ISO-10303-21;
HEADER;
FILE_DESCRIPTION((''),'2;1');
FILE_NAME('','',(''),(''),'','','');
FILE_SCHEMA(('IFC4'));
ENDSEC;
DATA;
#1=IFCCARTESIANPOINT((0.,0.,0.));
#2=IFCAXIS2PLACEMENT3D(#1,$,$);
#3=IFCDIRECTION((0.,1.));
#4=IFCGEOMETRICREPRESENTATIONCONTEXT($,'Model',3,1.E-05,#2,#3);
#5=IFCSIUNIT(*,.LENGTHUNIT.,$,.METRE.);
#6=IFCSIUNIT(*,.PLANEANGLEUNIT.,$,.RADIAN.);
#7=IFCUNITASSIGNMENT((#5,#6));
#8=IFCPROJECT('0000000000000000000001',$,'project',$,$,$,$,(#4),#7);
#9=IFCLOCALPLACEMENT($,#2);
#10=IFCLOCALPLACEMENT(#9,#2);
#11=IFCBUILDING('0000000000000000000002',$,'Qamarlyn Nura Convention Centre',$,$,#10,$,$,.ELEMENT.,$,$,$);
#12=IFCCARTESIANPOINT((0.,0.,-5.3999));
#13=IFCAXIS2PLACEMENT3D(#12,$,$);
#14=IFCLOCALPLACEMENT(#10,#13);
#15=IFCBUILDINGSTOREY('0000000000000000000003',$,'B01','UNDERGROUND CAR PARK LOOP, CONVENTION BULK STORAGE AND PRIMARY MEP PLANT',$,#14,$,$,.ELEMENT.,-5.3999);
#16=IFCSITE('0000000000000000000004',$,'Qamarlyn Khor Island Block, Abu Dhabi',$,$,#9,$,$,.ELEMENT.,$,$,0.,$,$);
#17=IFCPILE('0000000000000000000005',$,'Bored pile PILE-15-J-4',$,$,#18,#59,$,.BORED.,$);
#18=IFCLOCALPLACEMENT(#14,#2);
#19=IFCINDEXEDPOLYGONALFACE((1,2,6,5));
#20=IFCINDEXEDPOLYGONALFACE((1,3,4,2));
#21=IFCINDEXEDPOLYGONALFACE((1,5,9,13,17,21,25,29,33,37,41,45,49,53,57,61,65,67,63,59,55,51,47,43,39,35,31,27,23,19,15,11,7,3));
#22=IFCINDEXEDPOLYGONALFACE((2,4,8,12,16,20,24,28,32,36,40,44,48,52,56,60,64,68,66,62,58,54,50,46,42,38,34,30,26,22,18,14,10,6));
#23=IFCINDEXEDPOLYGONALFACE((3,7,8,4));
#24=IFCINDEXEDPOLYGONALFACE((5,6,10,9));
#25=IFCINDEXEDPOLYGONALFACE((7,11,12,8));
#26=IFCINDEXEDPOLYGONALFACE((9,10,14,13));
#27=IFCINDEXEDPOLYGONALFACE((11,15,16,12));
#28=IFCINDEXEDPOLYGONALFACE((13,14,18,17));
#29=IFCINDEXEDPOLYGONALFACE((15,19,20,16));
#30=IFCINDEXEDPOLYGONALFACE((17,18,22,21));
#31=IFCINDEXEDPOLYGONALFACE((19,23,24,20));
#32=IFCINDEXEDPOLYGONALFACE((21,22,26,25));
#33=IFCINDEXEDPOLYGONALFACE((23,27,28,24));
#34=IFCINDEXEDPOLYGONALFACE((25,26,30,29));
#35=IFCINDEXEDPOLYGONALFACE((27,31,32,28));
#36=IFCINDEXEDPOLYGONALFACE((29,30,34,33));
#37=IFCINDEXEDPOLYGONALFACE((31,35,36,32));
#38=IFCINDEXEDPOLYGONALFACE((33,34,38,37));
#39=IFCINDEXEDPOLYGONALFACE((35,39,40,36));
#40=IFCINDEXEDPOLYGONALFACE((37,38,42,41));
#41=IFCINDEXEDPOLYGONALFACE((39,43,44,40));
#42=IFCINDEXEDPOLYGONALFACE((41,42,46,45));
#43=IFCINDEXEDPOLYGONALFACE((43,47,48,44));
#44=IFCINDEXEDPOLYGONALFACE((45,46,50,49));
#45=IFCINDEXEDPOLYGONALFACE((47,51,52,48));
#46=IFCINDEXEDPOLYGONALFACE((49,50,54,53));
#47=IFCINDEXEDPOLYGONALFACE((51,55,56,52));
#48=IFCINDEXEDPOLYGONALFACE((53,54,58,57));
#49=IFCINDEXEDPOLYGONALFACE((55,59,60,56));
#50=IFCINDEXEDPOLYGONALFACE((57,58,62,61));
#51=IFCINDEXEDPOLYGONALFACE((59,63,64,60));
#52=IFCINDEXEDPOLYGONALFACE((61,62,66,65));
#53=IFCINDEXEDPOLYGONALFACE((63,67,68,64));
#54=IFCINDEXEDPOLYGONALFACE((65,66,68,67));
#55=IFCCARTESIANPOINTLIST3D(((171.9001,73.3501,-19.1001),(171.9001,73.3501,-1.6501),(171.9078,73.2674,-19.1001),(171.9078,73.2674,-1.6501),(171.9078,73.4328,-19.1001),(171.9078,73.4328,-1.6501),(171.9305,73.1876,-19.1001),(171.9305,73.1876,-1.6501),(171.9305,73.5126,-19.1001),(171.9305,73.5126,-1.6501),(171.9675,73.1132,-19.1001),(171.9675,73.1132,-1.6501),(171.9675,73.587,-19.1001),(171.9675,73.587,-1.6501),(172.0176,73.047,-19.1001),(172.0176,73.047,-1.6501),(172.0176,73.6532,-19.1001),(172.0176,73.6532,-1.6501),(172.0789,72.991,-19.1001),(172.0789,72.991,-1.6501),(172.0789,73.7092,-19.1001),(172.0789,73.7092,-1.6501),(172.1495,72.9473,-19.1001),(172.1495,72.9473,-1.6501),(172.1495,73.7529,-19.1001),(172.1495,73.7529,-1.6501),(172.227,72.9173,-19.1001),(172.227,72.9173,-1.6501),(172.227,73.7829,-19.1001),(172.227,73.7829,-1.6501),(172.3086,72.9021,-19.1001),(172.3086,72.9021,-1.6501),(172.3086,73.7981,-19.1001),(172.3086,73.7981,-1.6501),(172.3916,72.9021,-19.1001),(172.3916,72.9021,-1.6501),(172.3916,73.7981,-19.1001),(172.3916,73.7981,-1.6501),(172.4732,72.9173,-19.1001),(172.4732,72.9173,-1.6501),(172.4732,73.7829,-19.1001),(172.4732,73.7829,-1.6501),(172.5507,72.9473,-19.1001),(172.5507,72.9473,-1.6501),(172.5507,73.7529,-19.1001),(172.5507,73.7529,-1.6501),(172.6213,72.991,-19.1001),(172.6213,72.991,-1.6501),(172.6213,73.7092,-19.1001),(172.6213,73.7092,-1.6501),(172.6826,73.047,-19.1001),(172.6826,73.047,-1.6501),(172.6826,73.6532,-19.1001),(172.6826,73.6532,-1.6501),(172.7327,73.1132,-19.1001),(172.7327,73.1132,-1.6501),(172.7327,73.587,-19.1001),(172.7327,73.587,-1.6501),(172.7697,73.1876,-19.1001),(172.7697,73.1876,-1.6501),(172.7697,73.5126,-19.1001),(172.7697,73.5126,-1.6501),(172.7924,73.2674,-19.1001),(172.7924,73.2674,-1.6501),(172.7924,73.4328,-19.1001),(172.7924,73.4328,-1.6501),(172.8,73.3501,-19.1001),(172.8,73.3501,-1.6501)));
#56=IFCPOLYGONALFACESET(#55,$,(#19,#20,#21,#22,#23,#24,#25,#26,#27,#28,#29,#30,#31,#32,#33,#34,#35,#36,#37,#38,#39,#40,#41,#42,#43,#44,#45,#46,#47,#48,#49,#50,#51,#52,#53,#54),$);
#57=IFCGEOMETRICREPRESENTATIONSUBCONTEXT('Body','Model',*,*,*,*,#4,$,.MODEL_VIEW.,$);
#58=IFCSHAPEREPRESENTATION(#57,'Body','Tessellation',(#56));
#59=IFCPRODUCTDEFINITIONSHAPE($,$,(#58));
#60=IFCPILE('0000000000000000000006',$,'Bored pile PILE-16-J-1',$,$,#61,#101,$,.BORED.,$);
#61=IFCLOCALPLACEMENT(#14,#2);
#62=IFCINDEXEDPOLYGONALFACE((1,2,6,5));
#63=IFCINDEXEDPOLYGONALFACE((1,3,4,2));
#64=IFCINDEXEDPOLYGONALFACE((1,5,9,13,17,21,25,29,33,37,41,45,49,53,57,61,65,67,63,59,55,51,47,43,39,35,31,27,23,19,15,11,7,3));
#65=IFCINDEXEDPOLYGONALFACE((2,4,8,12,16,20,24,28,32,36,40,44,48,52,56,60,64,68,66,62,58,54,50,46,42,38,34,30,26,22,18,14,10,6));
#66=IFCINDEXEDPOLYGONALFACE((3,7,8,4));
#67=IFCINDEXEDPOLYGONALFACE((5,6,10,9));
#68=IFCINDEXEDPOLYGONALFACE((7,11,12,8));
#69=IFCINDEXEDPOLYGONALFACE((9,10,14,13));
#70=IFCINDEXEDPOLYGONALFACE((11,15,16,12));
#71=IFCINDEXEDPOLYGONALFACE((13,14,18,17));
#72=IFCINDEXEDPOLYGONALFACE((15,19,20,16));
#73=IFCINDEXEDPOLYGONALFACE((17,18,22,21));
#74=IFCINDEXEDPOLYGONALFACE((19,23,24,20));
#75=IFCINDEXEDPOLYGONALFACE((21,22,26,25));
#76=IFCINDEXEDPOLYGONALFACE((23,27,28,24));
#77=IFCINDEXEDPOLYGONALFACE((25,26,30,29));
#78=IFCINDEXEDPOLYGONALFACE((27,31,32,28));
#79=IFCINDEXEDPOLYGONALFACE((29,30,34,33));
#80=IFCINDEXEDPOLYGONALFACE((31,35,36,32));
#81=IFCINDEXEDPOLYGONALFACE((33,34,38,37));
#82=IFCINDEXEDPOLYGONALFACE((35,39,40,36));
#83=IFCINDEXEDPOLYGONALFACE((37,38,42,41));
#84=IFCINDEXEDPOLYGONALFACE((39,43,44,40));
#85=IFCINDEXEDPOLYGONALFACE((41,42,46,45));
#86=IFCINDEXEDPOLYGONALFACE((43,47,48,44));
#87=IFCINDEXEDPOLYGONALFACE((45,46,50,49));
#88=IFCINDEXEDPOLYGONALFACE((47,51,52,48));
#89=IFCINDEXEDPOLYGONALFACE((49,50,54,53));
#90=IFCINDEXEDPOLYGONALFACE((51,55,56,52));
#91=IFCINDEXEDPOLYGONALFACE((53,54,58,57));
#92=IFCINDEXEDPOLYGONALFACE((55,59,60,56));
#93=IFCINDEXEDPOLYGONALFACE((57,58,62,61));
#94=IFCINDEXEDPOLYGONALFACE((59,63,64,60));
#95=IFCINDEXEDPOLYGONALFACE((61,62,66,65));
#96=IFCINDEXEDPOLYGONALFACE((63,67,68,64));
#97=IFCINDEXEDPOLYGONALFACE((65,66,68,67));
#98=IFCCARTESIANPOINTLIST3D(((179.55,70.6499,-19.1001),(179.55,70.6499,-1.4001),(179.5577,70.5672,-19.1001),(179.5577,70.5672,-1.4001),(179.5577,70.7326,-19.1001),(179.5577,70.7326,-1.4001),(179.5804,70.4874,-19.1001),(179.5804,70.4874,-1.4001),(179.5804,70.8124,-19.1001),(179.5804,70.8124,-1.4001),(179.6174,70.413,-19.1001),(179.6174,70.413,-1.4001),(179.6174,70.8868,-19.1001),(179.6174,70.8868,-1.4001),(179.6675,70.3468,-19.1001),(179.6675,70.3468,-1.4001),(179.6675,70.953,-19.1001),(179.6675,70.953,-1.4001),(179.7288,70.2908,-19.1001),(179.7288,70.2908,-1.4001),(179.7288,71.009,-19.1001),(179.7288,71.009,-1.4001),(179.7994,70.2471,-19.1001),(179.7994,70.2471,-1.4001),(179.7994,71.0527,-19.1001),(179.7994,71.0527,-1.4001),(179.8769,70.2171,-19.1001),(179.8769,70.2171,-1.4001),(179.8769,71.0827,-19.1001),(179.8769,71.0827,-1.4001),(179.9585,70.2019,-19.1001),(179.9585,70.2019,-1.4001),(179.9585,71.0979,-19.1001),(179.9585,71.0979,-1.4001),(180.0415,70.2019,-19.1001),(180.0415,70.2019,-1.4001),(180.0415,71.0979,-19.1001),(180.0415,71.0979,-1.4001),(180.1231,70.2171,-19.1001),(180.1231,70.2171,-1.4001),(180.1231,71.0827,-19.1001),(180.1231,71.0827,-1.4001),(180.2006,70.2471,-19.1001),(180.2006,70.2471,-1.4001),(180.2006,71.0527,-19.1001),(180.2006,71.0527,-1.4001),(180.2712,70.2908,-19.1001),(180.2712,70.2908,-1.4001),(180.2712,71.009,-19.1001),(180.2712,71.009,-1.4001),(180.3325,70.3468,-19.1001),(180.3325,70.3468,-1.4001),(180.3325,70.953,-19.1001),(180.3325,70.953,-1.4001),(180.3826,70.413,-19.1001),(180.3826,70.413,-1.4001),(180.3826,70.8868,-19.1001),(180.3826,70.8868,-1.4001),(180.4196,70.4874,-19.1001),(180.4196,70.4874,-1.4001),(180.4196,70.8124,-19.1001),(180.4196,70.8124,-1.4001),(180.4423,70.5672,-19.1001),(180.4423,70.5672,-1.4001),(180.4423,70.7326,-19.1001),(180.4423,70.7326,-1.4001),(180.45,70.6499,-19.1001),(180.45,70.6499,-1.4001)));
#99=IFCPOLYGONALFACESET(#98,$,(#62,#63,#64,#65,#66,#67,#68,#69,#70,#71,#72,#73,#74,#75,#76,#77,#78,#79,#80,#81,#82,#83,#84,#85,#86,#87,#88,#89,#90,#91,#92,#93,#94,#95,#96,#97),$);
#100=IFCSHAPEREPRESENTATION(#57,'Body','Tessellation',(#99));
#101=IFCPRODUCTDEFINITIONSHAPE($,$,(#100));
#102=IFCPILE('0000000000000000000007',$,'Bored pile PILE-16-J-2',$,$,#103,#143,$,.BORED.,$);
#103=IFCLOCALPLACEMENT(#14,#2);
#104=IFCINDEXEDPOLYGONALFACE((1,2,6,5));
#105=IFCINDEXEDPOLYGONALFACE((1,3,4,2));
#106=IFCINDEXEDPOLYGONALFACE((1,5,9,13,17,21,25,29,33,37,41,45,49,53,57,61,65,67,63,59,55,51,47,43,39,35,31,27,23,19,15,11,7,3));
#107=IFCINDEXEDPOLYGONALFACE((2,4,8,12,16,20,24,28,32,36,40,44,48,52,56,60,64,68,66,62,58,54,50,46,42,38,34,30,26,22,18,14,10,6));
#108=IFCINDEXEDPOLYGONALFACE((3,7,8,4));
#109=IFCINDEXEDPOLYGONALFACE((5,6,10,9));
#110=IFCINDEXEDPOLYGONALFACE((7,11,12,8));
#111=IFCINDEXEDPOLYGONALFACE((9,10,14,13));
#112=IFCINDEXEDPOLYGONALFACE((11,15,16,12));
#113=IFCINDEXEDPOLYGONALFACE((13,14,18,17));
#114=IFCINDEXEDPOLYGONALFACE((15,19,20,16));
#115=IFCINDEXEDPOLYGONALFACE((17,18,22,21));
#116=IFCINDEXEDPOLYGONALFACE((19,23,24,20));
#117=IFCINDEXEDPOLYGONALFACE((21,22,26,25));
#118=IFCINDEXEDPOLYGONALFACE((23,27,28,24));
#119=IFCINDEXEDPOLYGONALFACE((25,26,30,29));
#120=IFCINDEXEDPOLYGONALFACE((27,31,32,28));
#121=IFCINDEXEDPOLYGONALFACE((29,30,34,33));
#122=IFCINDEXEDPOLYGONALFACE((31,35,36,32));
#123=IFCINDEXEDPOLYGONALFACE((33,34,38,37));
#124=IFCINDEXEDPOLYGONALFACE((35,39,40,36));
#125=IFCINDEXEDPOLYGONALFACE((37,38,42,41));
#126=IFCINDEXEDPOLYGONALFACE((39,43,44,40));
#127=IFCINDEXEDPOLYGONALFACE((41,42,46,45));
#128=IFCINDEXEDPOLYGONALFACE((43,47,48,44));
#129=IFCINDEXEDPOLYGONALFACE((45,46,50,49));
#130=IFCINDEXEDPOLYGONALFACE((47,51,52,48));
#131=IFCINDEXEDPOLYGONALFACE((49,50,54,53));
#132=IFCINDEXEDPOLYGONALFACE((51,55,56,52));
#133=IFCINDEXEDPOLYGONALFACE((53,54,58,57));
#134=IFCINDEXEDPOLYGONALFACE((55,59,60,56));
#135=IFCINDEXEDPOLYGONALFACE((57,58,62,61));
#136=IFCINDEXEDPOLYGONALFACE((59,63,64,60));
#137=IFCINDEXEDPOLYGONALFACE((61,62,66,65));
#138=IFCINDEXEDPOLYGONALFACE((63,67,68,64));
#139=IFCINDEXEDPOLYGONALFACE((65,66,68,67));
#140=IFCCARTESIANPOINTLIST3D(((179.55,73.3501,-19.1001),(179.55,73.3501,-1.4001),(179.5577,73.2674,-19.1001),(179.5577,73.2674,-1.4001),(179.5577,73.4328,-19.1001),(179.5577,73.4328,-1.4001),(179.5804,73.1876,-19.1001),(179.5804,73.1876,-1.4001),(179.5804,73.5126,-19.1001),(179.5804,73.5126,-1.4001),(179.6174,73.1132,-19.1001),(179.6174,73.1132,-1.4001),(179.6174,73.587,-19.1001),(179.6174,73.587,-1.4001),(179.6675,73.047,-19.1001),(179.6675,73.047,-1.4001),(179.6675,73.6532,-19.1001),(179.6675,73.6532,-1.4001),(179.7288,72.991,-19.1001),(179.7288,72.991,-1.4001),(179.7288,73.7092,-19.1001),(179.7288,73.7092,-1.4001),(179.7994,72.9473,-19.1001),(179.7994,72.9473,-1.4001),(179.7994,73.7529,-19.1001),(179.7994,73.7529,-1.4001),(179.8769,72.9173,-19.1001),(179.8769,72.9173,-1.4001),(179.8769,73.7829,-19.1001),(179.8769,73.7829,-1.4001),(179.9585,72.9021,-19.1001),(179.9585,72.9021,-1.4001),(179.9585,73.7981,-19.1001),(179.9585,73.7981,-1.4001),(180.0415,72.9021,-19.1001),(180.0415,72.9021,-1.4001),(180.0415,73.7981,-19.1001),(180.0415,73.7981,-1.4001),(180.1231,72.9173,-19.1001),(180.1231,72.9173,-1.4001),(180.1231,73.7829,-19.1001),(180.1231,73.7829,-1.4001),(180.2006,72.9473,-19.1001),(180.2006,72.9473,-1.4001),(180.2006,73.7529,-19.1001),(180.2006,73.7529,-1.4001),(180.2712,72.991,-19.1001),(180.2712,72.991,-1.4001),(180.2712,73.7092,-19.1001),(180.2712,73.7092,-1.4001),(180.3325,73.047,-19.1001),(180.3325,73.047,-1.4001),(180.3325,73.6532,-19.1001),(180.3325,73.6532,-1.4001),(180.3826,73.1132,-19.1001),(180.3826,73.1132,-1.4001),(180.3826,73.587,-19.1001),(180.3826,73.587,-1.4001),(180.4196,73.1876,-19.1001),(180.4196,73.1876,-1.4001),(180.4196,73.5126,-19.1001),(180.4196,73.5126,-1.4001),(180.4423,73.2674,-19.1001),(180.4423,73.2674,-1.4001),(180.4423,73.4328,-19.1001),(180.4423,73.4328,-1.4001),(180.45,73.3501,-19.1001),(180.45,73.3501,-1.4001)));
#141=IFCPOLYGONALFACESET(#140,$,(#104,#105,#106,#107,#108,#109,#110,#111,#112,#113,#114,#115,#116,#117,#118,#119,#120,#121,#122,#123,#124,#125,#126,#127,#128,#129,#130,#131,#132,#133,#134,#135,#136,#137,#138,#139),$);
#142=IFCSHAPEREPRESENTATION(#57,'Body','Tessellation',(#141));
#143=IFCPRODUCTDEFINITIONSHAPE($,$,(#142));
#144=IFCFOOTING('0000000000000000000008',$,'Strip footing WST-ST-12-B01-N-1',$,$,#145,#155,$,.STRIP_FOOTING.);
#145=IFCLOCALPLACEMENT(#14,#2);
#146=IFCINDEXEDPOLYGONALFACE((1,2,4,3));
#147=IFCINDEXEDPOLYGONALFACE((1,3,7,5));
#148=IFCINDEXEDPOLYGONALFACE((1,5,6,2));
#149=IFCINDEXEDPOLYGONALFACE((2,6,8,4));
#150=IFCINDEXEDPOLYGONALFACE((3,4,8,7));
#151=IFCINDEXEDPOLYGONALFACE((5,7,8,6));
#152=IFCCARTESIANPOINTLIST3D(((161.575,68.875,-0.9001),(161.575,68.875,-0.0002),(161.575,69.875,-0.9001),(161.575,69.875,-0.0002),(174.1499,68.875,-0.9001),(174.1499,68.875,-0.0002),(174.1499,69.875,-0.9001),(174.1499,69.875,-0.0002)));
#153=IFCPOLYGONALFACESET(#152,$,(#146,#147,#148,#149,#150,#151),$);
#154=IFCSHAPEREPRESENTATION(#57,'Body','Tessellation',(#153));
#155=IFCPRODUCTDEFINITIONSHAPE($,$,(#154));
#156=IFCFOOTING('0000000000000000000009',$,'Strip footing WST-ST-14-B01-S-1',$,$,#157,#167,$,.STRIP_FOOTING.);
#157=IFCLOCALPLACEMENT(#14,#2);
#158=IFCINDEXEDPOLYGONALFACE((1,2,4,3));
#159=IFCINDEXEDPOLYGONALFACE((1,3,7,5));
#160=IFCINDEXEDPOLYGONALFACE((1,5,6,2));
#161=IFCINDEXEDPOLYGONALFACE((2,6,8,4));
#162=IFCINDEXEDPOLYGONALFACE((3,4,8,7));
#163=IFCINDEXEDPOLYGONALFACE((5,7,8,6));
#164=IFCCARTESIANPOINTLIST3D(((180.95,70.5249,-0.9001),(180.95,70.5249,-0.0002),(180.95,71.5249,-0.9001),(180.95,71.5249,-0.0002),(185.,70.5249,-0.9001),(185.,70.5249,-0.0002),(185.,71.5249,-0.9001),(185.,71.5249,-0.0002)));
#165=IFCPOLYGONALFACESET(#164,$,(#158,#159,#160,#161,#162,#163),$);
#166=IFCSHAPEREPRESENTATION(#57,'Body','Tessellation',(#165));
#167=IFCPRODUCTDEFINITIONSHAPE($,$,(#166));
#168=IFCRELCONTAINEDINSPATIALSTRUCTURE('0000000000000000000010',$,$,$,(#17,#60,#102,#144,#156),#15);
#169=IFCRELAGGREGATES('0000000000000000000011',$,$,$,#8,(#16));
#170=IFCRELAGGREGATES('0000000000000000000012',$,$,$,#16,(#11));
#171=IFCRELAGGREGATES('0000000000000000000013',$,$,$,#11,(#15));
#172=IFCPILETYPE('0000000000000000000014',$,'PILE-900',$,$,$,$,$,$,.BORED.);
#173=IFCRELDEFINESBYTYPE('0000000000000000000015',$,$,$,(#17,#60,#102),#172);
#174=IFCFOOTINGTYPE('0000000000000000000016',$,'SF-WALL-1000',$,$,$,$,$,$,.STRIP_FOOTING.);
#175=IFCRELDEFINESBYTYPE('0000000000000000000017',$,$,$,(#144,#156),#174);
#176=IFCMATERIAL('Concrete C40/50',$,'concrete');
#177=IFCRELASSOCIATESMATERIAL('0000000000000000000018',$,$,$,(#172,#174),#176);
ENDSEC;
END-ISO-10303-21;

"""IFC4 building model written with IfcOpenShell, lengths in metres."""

from ifc_helpers import new_model, si_unit, direction, frame, origin, origin_2d, place, context, subcontext, project, spatial, rectangle, circle, extrude, material, material_profile, profile_set, type_object, element, save


model = new_model("IFC4")

# Units and contexts
model_context = context("Model", 3, precision=1e-05, world=origin(), true_north=direction((0.0, 1.0)))
body_context = subcontext(model_context, "Body", "Model", "MODEL_VIEW")
ifc_project = project(units=[si_unit("LENGTHUNIT", "METRE"), si_unit("PLANEANGLEUNIT", "RADIAN")], contexts=[model_context])

# Site, building, storey
site_placement = place(None, origin())
site = spatial("IfcSite", under=ifc_project, at=site_placement, Name="Qamarlyn Khor Island Block, Abu Dhabi", CompositionType="ELEMENT", RefElevation=0.0)
building_placement = place(site_placement, origin())
building = spatial("IfcBuilding", under=site, at=building_placement, Name="Qamarlyn Nura Convention Centre", CompositionType="ELEMENT")
storey_placement = place(building_placement, frame((0.0, 0.0, -5.3999)))
storey = spatial("IfcBuildingStorey", under=building, at=storey_placement, Name="B01", Description="UNDERGROUND CAR PARK LOOP, CONVENTION BULK STORAGE AND PRIMARY MEP PLANT", CompositionType="ELEMENT", Elevation=-5.3999)

# Shared definitions
ifc_material_1 = material(Name="Concrete C40/50", Category="concrete")

# Piles
ifc_material_profile_1 = material_profile(ifc_material_1, circle(Radius=0.45, at=origin_2d()), Name="BORED PILE 900")
ifc_profile_set_1 = profile_set([ifc_material_profile_1], Name="Concrete C40/50")
pile_type = type_object("IfcPileType", Name="PILE-900", PredefinedType="BORED", material=ifc_profile_set_1)
for number, where, z_axis, x_axis, name in (
    (1, (172.3501, 73.3501, -1.6501), (0.0, 0.0, -1.0), (1.0, 0.0, 0.0), "Bored pile PILE-15-J-4"),
):
    element("IfcPile", number, at=place(storey_placement, frame(where, z_axis=z_axis, x_axis=x_axis)), inside=storey, type_object=pile_type, Name=name, PredefinedType="BORED", context=body_context, shape_type="SweptSolid", body=[
        extrude(circle(Radius=0.45, at=origin_2d()), origin(), (0.0, 0.0, 1.0), 17.45),
    ])
for number, where, z_axis, x_axis, name in (
    (2, (180.0, 70.6499, -1.4001), (0.0, 0.0, -1.0), (1.0, 0.0, 0.0), "Bored pile PILE-16-J-1"),
    (3, (180.0, 73.3501, -1.4001), (0.0, 0.0, -1.0), (1.0, 0.0, 0.0), "Bored pile PILE-16-J-2"),
):
    element("IfcPile", number, at=place(storey_placement, frame(where, z_axis=z_axis, x_axis=x_axis)), inside=storey, type_object=pile_type, Name=name, PredefinedType="BORED", context=body_context, shape_type="SweptSolid", body=[
        extrude(circle(Radius=0.45, at=origin_2d()), origin(), (0.0, 0.0, 1.0), 17.7),
    ])

# Footings
ifc_material_profile_2 = material_profile(ifc_material_1, rectangle(XDim=1.0, YDim=0.8999, at=origin_2d()), Name="RC STRIP 1000x900")
ifc_profile_set_2 = profile_set([ifc_material_profile_2], Name="Concrete C40/50")
footing_type_1 = type_object("IfcFootingType", Name="SF-WALL-1000", PredefinedType="STRIP_FOOTING", material=ifc_profile_set_2)
footing_1_placement = place(storey_placement, frame((174.1499, 69.375, -0.4502), z_axis=(-1.0, 0.0, 0.0), x_axis=(0.0, -1.0, 0.0)))
element("IfcFooting", 4, at=footing_1_placement, inside=storey, type_object=footing_type_1, Name="Strip footing WST-ST-12-B01-N-1", PredefinedType="STRIP_FOOTING", context=body_context, shape_type="SweptSolid", body=[
    extrude(rectangle(XDim=1.0, YDim=0.8999, at=origin_2d()), origin(), (0.0, 0.0, 1.0), 12.575),
])
footing_2_placement = place(storey_placement, frame((180.95, 71.0249, -0.4502), z_axis=(1.0, 0.0, 0.0), x_axis=(0.0, 1.0, 0.0)))
element("IfcFooting", 5, at=footing_2_placement, inside=storey, type_object=footing_type_1, Name="Strip footing WST-ST-14-B01-S-1", PredefinedType="STRIP_FOOTING", context=body_context, shape_type="SweptSolid", body=[
    extrude(rectangle(XDim=1.0, YDim=0.8999, at=origin_2d()), origin(), (0.0, 0.0, 1.0), 4.05),
])

save(model, "model.ifc")
